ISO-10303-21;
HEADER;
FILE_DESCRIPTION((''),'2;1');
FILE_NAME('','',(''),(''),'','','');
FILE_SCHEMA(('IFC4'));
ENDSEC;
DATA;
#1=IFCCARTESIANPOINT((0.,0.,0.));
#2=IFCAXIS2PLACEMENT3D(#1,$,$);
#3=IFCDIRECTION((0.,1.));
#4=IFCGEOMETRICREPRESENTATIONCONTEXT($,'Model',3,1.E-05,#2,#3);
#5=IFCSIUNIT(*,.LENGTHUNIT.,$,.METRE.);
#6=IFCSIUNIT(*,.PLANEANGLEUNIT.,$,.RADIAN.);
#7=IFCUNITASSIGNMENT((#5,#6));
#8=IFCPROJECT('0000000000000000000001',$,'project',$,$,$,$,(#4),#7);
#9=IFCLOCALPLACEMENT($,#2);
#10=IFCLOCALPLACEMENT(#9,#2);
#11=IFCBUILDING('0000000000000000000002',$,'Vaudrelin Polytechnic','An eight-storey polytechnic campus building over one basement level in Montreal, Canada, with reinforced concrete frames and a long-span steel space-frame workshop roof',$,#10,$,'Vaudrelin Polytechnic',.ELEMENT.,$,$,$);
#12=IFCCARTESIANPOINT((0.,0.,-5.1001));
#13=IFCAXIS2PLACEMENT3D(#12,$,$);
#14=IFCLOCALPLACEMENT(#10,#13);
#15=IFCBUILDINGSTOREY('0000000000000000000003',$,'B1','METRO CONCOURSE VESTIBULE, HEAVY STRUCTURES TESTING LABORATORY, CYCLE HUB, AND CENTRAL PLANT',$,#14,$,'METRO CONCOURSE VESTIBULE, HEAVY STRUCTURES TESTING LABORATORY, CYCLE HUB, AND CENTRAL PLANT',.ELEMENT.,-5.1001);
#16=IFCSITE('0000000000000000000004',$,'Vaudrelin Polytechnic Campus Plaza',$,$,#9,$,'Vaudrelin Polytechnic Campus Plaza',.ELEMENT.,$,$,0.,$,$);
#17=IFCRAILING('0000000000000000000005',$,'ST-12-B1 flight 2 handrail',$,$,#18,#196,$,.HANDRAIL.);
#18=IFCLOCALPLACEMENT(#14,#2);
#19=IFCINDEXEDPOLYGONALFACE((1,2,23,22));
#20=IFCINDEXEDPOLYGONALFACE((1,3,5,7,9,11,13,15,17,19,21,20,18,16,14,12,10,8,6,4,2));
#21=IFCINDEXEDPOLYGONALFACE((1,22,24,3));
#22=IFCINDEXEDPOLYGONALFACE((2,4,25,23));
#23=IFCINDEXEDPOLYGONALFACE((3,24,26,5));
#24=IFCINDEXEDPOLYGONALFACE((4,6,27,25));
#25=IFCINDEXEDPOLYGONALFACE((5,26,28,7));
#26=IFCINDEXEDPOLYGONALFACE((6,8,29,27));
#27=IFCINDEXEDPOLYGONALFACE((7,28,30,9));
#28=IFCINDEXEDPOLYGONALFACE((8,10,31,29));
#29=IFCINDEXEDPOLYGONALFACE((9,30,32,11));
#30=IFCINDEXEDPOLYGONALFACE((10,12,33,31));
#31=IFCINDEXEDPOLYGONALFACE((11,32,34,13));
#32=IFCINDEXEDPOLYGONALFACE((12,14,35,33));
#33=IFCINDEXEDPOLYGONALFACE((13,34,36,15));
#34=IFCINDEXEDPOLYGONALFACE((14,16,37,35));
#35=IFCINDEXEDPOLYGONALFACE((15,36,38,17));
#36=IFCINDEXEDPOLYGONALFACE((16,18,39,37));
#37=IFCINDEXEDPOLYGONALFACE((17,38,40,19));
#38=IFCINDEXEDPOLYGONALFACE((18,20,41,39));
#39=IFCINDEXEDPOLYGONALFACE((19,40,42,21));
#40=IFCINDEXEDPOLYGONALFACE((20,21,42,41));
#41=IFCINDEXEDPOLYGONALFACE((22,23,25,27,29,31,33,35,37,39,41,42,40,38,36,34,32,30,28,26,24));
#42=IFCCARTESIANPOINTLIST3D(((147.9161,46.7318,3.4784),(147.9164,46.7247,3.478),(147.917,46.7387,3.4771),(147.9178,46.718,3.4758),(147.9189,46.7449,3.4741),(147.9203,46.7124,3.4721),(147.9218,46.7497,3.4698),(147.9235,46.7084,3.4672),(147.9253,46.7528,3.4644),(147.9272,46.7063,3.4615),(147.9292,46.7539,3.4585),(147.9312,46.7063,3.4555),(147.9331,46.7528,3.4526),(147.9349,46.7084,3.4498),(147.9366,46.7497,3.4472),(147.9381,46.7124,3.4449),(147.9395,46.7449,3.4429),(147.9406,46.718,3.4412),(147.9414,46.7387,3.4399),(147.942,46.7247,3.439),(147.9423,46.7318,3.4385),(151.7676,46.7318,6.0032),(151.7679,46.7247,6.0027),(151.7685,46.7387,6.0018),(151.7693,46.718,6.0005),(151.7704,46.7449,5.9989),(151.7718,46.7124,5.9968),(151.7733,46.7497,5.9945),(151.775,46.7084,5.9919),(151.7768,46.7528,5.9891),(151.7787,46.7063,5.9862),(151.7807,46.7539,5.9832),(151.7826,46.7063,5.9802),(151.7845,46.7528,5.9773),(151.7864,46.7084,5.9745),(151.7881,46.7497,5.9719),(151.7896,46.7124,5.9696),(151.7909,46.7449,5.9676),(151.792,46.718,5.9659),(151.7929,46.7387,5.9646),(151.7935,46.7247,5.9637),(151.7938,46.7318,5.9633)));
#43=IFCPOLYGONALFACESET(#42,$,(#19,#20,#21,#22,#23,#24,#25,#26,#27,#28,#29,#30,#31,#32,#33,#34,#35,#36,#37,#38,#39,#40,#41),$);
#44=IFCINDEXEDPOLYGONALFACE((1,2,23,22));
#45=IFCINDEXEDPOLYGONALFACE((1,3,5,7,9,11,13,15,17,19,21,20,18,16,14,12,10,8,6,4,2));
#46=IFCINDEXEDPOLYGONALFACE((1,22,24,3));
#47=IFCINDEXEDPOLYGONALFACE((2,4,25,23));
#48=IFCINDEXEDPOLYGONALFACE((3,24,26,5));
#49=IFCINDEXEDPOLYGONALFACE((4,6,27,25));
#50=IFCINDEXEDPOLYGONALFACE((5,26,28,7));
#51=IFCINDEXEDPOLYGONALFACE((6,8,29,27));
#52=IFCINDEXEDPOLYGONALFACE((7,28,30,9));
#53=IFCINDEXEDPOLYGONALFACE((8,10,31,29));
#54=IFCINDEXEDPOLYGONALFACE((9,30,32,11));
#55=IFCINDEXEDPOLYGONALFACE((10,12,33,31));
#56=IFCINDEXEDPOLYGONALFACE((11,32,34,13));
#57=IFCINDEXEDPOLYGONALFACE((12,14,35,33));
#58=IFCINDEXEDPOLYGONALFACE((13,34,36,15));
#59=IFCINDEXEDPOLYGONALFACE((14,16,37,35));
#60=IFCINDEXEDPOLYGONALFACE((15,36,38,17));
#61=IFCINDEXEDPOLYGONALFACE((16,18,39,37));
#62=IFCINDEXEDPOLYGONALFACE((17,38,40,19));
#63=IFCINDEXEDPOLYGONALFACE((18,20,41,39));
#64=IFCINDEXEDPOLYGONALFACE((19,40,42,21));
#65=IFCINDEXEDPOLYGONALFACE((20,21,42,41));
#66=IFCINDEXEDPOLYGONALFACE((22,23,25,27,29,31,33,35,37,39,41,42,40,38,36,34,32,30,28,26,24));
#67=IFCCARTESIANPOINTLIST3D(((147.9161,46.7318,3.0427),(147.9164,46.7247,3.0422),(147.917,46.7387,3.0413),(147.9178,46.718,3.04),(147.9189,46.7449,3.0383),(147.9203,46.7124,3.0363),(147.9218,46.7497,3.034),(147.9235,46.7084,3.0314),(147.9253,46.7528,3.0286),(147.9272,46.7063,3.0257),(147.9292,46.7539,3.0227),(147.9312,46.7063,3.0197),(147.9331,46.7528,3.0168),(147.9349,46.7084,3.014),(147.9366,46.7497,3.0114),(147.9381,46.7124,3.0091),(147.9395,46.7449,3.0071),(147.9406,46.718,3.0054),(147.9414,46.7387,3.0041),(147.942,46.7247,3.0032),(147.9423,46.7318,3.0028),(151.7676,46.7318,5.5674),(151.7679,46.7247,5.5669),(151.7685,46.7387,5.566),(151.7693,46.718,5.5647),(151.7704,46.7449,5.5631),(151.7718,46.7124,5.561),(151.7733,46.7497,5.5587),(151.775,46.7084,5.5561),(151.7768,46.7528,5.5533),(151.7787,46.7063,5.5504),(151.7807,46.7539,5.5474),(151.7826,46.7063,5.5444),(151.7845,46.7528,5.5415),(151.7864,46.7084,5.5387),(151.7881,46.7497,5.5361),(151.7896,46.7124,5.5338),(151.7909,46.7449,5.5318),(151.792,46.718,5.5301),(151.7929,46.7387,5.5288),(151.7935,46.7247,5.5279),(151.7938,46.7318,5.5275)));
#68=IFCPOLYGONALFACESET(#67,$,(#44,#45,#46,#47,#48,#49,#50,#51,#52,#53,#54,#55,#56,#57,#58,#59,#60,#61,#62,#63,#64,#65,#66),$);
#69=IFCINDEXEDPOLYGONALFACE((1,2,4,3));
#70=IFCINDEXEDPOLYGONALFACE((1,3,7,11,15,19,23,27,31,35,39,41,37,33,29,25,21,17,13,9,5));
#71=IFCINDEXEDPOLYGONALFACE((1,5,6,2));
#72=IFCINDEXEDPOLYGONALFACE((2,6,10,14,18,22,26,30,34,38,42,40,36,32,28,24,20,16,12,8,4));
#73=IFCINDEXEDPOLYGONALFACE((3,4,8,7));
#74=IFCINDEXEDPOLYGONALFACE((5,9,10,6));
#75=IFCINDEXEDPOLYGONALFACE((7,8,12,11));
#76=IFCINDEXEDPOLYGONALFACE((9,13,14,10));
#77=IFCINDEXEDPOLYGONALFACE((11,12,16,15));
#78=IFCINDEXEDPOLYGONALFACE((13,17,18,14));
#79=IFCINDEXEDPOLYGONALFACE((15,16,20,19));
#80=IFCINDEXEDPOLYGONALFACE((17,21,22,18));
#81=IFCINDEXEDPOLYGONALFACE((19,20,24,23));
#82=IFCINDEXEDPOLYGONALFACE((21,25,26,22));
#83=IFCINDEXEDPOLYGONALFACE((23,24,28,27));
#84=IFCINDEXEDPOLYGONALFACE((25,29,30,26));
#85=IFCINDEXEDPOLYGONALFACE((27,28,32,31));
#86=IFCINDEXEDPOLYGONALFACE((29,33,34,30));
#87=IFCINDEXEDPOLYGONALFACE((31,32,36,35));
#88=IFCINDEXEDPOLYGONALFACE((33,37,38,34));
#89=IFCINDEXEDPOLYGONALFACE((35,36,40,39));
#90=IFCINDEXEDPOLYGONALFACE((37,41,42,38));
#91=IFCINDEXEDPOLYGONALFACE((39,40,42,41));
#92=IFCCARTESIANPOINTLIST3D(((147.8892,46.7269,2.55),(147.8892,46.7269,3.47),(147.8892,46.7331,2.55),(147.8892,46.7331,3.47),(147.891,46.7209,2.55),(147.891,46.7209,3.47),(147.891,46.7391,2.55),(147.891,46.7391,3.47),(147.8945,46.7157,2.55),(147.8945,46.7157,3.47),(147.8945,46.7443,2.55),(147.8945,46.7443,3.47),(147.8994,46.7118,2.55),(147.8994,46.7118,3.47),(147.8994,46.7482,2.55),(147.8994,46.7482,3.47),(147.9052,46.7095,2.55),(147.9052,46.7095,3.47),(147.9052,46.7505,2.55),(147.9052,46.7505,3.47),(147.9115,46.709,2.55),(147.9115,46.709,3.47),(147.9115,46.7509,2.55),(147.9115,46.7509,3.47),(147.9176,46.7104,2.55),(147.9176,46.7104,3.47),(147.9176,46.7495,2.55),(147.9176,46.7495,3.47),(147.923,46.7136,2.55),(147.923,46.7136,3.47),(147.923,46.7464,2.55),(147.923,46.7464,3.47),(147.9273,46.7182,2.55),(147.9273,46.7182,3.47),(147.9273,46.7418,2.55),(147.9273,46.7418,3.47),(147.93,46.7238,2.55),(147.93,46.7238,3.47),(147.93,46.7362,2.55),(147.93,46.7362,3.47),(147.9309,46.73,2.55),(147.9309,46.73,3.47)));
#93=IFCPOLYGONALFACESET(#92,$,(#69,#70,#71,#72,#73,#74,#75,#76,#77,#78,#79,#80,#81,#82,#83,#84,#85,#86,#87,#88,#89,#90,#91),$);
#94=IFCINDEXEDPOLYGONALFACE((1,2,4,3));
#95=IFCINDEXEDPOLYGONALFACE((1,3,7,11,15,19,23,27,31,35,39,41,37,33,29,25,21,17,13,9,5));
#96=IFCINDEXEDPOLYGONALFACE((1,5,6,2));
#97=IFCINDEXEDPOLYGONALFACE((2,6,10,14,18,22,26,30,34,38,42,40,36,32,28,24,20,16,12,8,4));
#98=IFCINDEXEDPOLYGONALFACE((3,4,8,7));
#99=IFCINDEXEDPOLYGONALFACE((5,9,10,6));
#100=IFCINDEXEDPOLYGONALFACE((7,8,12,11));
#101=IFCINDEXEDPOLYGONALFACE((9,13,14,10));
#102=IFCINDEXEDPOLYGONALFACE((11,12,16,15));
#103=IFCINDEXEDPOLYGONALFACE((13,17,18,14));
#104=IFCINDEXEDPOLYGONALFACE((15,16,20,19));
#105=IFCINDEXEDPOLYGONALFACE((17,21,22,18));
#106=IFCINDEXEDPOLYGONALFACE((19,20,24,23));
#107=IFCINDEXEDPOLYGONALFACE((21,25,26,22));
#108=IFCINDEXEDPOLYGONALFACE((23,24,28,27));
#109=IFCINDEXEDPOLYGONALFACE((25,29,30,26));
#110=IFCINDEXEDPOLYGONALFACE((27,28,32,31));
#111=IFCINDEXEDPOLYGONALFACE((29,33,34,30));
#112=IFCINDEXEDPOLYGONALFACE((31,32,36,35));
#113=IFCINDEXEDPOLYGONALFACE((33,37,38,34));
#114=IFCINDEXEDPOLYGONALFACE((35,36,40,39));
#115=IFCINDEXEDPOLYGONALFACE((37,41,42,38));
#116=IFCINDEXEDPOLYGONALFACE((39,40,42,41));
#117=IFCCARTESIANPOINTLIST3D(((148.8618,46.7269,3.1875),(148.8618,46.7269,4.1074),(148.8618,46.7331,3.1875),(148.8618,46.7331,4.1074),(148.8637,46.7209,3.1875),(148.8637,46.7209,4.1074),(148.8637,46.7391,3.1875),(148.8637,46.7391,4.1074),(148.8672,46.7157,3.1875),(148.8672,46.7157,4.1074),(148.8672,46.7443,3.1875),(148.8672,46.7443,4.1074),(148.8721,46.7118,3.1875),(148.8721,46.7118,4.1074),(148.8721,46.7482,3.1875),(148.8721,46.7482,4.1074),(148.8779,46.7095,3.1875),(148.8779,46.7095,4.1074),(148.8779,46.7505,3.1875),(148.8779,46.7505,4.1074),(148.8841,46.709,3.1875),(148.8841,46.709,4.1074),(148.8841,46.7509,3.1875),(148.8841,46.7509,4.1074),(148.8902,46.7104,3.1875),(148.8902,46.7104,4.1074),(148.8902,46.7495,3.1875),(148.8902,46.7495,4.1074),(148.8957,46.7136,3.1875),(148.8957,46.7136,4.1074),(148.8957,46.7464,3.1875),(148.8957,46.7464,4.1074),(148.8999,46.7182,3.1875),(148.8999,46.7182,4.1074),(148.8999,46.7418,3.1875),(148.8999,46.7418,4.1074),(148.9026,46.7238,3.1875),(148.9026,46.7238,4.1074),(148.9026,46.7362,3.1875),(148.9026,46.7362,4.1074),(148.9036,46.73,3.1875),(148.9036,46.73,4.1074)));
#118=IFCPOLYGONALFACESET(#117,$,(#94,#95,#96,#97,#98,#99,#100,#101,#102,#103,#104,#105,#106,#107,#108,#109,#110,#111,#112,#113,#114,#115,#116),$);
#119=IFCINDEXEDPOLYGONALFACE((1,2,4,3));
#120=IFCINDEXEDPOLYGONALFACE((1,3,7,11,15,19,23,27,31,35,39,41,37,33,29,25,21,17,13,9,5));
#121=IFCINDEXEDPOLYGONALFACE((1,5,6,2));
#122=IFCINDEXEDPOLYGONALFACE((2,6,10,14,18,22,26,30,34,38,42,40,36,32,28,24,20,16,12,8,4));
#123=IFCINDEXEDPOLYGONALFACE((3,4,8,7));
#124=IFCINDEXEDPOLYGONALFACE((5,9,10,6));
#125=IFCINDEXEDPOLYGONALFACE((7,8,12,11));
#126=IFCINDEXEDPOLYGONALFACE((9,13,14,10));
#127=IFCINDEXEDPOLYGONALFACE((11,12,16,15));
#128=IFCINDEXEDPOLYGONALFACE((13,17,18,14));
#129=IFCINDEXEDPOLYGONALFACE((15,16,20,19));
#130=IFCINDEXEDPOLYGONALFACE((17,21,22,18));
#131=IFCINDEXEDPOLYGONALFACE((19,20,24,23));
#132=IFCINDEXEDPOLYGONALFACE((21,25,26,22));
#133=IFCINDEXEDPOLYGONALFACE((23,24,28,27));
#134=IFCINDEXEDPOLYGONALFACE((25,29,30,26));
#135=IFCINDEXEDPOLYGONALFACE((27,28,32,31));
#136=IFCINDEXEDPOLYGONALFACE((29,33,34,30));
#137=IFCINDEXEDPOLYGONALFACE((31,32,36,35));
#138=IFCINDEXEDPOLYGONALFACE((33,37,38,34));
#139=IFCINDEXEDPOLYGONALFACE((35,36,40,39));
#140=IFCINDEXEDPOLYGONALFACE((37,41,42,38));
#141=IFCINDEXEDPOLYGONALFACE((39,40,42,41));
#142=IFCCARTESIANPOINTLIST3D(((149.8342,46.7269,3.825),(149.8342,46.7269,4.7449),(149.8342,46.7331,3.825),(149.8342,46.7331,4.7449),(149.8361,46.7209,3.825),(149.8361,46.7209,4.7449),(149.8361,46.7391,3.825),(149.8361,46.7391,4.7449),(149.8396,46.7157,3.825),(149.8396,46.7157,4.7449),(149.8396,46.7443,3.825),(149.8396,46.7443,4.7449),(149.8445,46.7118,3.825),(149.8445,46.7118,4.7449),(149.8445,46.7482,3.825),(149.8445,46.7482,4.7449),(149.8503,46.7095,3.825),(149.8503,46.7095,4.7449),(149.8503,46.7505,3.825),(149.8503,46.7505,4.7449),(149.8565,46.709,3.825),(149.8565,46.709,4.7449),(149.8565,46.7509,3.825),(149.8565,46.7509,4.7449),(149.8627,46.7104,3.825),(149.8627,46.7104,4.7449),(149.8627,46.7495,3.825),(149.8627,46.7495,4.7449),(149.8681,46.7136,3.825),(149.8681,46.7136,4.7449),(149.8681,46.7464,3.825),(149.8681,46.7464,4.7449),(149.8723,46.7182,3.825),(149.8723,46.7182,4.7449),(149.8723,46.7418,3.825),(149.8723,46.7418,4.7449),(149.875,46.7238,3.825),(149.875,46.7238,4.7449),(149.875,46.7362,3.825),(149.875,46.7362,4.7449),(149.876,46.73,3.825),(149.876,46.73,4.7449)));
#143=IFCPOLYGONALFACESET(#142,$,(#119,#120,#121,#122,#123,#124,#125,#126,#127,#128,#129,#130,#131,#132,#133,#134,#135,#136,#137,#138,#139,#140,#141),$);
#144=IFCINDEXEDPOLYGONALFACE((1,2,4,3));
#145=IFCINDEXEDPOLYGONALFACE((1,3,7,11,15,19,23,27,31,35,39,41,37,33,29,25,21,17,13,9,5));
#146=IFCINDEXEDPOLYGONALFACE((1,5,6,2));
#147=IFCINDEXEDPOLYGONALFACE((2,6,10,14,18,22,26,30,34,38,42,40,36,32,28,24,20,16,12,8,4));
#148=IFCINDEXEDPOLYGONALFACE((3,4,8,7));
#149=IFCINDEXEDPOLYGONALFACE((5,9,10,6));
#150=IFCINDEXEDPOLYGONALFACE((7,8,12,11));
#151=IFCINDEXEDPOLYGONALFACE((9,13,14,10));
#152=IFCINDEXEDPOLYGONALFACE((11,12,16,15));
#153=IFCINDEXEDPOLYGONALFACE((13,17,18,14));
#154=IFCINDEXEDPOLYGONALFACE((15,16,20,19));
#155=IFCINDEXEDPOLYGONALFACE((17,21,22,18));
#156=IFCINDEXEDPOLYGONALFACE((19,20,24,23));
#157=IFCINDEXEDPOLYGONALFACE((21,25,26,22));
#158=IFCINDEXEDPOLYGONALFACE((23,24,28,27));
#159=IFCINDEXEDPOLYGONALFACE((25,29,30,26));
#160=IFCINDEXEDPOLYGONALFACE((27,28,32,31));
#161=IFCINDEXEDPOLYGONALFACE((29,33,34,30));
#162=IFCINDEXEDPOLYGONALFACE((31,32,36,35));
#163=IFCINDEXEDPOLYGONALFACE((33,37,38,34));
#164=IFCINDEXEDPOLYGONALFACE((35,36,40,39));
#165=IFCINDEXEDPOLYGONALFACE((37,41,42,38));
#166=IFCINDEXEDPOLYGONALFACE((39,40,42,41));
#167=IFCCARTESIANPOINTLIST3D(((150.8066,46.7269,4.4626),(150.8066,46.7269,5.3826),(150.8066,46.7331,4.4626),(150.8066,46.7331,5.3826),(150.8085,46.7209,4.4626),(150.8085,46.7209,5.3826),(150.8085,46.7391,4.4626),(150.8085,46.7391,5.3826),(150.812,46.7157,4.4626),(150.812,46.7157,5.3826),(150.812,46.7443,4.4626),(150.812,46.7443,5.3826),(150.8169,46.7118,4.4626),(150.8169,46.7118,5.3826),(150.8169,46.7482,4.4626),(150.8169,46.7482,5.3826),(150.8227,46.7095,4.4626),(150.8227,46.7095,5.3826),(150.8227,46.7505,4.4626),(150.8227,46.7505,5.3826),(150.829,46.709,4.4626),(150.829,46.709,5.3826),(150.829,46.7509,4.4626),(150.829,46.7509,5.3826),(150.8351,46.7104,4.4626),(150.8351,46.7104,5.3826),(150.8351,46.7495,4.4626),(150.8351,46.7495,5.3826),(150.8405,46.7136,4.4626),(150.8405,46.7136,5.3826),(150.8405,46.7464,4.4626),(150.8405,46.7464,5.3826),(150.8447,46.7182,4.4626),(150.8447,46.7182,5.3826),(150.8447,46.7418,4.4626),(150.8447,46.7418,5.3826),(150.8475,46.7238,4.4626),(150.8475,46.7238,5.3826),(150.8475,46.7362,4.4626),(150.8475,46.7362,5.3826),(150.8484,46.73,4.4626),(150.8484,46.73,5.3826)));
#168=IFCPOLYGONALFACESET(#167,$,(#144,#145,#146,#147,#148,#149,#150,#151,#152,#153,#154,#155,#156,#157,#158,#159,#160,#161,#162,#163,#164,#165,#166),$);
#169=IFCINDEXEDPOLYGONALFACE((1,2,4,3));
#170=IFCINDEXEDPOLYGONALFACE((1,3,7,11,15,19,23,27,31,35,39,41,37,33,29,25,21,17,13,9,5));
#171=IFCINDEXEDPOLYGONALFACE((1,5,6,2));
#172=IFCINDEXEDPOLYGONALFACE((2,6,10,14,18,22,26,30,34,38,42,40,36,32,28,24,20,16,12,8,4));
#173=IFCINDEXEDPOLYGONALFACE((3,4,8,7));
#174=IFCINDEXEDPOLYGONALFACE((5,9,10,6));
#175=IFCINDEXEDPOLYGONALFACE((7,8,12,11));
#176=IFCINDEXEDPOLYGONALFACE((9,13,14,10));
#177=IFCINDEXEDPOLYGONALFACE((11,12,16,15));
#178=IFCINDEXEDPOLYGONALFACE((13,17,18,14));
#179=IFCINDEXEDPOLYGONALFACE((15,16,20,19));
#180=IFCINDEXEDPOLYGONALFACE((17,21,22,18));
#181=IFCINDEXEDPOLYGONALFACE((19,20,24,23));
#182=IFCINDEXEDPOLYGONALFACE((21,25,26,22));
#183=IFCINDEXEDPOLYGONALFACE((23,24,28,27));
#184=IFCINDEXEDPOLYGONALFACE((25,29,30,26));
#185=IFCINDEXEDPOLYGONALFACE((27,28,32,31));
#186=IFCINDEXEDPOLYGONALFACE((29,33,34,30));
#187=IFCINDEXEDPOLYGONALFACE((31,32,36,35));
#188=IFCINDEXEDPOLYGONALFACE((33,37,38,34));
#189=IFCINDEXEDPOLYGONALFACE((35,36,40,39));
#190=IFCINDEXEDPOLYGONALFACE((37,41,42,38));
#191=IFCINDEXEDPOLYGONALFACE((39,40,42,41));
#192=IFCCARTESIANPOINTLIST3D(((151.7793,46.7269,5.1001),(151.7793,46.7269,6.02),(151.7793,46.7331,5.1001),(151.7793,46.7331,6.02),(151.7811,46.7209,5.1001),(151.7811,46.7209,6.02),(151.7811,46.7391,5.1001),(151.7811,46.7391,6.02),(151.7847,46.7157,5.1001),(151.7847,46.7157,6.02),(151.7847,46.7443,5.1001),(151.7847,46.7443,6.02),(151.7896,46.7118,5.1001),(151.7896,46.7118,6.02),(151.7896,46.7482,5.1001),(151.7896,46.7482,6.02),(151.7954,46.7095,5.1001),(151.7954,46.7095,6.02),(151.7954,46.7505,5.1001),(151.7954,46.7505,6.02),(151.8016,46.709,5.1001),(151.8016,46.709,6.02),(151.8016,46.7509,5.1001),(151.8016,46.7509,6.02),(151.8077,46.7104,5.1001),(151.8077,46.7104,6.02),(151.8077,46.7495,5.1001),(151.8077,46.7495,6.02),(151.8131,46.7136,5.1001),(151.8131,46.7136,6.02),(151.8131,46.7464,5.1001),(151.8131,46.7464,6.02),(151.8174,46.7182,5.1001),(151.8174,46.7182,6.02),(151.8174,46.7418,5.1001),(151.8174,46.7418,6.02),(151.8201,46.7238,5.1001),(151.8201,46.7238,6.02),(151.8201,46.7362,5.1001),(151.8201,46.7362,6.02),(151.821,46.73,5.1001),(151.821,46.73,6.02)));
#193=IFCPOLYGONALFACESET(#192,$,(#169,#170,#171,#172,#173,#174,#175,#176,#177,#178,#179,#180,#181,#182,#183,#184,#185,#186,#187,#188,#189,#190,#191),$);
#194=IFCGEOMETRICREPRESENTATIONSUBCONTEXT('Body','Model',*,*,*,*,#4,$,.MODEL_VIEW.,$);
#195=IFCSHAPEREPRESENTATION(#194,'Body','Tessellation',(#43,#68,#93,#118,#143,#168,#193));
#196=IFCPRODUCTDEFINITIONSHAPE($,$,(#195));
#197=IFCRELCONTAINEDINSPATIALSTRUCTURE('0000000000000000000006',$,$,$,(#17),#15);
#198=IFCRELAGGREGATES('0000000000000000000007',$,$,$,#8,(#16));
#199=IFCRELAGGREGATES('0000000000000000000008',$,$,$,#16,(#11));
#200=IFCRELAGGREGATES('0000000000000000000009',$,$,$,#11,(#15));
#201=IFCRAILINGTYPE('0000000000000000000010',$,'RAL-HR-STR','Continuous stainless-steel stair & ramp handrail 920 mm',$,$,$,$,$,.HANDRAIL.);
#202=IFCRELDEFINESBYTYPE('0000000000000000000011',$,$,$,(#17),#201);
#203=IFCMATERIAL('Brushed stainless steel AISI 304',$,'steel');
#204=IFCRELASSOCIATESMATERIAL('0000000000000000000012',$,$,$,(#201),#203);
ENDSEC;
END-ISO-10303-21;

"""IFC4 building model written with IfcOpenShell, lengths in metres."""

from ifc_helpers import new_model, si_unit, direction, frame, origin, origin_2d, place, context, subcontext, project, spatial, circle, extrude, material, type_object, element, save


model = new_model("IFC4")

# Units and contexts
model_context = context("Model", 3, precision=1e-05, world=origin(), true_north=direction((0.0, 1.0)))
body_context = subcontext(model_context, "Body", "Model", "MODEL_VIEW")
ifc_project = project(units=[si_unit("LENGTHUNIT", "METRE"), si_unit("PLANEANGLEUNIT", "RADIAN")], contexts=[model_context])

# Site, building, storey
site_placement = place(None, origin())
site = spatial("IfcSite", under=ifc_project, at=site_placement, Name="Vaudrelin Polytechnic Campus Plaza", LongName="Vaudrelin Polytechnic Campus Plaza", CompositionType="ELEMENT", RefElevation=0.0)
building_placement = place(site_placement, origin())
building = spatial("IfcBuilding", under=site, at=building_placement, Name="Vaudrelin Polytechnic", Description="An eight-storey polytechnic campus building over one basement level in Montreal, Canada, with reinforced concrete frames and a long-span steel space-frame workshop roof", LongName="Vaudrelin Polytechnic", CompositionType="ELEMENT")
storey_placement = place(building_placement, frame((0.0, 0.0, -5.1001)))
storey = spatial("IfcBuildingStorey", under=building, at=storey_placement, Name="B1", Description="METRO CONCOURSE VESTIBULE, HEAVY STRUCTURES TESTING LABORATORY, CYCLE HUB, AND CENTRAL PLANT", LongName="METRO CONCOURSE VESTIBULE, HEAVY STRUCTURES TESTING LABORATORY, CYCLE HUB, AND CENTRAL PLANT", CompositionType="ELEMENT", Elevation=-5.1001)

# Railing
ifc_material_1 = material(Name="Brushed stainless steel AISI 304", Category="steel")
railing_type_1 = type_object("IfcRailingType", Name="RAL-HR-STR", Description="Continuous stainless-steel stair & ramp handrail 920 mm", PredefinedType="HANDRAIL", material=ifc_material_1)
railing_1_placement = place(storey_placement, frame((147.9099, 46.73, 2.55)))
element("IfcRailing", 1, at=railing_1_placement, inside=storey, type_object=railing_type_1, Name="ST-12-B1 flight 2 handrail", PredefinedType="HANDRAIL", context=body_context, shape_type="SweptSolid", body=[
    extrude(circle(Radius=0.0239, at=origin_2d()), frame((0.0193, 0.0, 0.9084), z_axis=(0.836329, 0.0, 0.548228), x_axis=(0.0, 1.0, 0.0)), (0.0, 0.0, 1.0), 4.6052),
    extrude(circle(Radius=0.0239, at=origin_2d()), frame((0.0193, 0.0, 0.4727), z_axis=(0.836329, 0.0, 0.548228), x_axis=(0.0, 1.0, 0.0)), (0.0, 0.0, 1.0), 4.6052),
    extrude(circle(Radius=0.021, at=origin_2d()), origin(), (0.0, 0.0, 1.0), 0.9199),
    extrude(circle(Radius=0.021, at=origin_2d()), frame((0.9727, 0.0, 0.6375)), (0.0, 0.0, 1.0), 0.9199),
    extrude(circle(Radius=0.021, at=origin_2d()), frame((1.9451, 0.0, 1.2749)), (0.0, 0.0, 1.0), 0.9199),
    extrude(circle(Radius=0.021, at=origin_2d()), frame((2.9175, 0.0, 1.9126)), (0.0, 0.0, 1.0), 0.9199),
    extrude(circle(Radius=0.021, at=origin_2d()), frame((3.8901, 0.0, 2.55)), (0.0, 0.0, 1.0), 0.9199),
])

save(model, "model.ifc")
